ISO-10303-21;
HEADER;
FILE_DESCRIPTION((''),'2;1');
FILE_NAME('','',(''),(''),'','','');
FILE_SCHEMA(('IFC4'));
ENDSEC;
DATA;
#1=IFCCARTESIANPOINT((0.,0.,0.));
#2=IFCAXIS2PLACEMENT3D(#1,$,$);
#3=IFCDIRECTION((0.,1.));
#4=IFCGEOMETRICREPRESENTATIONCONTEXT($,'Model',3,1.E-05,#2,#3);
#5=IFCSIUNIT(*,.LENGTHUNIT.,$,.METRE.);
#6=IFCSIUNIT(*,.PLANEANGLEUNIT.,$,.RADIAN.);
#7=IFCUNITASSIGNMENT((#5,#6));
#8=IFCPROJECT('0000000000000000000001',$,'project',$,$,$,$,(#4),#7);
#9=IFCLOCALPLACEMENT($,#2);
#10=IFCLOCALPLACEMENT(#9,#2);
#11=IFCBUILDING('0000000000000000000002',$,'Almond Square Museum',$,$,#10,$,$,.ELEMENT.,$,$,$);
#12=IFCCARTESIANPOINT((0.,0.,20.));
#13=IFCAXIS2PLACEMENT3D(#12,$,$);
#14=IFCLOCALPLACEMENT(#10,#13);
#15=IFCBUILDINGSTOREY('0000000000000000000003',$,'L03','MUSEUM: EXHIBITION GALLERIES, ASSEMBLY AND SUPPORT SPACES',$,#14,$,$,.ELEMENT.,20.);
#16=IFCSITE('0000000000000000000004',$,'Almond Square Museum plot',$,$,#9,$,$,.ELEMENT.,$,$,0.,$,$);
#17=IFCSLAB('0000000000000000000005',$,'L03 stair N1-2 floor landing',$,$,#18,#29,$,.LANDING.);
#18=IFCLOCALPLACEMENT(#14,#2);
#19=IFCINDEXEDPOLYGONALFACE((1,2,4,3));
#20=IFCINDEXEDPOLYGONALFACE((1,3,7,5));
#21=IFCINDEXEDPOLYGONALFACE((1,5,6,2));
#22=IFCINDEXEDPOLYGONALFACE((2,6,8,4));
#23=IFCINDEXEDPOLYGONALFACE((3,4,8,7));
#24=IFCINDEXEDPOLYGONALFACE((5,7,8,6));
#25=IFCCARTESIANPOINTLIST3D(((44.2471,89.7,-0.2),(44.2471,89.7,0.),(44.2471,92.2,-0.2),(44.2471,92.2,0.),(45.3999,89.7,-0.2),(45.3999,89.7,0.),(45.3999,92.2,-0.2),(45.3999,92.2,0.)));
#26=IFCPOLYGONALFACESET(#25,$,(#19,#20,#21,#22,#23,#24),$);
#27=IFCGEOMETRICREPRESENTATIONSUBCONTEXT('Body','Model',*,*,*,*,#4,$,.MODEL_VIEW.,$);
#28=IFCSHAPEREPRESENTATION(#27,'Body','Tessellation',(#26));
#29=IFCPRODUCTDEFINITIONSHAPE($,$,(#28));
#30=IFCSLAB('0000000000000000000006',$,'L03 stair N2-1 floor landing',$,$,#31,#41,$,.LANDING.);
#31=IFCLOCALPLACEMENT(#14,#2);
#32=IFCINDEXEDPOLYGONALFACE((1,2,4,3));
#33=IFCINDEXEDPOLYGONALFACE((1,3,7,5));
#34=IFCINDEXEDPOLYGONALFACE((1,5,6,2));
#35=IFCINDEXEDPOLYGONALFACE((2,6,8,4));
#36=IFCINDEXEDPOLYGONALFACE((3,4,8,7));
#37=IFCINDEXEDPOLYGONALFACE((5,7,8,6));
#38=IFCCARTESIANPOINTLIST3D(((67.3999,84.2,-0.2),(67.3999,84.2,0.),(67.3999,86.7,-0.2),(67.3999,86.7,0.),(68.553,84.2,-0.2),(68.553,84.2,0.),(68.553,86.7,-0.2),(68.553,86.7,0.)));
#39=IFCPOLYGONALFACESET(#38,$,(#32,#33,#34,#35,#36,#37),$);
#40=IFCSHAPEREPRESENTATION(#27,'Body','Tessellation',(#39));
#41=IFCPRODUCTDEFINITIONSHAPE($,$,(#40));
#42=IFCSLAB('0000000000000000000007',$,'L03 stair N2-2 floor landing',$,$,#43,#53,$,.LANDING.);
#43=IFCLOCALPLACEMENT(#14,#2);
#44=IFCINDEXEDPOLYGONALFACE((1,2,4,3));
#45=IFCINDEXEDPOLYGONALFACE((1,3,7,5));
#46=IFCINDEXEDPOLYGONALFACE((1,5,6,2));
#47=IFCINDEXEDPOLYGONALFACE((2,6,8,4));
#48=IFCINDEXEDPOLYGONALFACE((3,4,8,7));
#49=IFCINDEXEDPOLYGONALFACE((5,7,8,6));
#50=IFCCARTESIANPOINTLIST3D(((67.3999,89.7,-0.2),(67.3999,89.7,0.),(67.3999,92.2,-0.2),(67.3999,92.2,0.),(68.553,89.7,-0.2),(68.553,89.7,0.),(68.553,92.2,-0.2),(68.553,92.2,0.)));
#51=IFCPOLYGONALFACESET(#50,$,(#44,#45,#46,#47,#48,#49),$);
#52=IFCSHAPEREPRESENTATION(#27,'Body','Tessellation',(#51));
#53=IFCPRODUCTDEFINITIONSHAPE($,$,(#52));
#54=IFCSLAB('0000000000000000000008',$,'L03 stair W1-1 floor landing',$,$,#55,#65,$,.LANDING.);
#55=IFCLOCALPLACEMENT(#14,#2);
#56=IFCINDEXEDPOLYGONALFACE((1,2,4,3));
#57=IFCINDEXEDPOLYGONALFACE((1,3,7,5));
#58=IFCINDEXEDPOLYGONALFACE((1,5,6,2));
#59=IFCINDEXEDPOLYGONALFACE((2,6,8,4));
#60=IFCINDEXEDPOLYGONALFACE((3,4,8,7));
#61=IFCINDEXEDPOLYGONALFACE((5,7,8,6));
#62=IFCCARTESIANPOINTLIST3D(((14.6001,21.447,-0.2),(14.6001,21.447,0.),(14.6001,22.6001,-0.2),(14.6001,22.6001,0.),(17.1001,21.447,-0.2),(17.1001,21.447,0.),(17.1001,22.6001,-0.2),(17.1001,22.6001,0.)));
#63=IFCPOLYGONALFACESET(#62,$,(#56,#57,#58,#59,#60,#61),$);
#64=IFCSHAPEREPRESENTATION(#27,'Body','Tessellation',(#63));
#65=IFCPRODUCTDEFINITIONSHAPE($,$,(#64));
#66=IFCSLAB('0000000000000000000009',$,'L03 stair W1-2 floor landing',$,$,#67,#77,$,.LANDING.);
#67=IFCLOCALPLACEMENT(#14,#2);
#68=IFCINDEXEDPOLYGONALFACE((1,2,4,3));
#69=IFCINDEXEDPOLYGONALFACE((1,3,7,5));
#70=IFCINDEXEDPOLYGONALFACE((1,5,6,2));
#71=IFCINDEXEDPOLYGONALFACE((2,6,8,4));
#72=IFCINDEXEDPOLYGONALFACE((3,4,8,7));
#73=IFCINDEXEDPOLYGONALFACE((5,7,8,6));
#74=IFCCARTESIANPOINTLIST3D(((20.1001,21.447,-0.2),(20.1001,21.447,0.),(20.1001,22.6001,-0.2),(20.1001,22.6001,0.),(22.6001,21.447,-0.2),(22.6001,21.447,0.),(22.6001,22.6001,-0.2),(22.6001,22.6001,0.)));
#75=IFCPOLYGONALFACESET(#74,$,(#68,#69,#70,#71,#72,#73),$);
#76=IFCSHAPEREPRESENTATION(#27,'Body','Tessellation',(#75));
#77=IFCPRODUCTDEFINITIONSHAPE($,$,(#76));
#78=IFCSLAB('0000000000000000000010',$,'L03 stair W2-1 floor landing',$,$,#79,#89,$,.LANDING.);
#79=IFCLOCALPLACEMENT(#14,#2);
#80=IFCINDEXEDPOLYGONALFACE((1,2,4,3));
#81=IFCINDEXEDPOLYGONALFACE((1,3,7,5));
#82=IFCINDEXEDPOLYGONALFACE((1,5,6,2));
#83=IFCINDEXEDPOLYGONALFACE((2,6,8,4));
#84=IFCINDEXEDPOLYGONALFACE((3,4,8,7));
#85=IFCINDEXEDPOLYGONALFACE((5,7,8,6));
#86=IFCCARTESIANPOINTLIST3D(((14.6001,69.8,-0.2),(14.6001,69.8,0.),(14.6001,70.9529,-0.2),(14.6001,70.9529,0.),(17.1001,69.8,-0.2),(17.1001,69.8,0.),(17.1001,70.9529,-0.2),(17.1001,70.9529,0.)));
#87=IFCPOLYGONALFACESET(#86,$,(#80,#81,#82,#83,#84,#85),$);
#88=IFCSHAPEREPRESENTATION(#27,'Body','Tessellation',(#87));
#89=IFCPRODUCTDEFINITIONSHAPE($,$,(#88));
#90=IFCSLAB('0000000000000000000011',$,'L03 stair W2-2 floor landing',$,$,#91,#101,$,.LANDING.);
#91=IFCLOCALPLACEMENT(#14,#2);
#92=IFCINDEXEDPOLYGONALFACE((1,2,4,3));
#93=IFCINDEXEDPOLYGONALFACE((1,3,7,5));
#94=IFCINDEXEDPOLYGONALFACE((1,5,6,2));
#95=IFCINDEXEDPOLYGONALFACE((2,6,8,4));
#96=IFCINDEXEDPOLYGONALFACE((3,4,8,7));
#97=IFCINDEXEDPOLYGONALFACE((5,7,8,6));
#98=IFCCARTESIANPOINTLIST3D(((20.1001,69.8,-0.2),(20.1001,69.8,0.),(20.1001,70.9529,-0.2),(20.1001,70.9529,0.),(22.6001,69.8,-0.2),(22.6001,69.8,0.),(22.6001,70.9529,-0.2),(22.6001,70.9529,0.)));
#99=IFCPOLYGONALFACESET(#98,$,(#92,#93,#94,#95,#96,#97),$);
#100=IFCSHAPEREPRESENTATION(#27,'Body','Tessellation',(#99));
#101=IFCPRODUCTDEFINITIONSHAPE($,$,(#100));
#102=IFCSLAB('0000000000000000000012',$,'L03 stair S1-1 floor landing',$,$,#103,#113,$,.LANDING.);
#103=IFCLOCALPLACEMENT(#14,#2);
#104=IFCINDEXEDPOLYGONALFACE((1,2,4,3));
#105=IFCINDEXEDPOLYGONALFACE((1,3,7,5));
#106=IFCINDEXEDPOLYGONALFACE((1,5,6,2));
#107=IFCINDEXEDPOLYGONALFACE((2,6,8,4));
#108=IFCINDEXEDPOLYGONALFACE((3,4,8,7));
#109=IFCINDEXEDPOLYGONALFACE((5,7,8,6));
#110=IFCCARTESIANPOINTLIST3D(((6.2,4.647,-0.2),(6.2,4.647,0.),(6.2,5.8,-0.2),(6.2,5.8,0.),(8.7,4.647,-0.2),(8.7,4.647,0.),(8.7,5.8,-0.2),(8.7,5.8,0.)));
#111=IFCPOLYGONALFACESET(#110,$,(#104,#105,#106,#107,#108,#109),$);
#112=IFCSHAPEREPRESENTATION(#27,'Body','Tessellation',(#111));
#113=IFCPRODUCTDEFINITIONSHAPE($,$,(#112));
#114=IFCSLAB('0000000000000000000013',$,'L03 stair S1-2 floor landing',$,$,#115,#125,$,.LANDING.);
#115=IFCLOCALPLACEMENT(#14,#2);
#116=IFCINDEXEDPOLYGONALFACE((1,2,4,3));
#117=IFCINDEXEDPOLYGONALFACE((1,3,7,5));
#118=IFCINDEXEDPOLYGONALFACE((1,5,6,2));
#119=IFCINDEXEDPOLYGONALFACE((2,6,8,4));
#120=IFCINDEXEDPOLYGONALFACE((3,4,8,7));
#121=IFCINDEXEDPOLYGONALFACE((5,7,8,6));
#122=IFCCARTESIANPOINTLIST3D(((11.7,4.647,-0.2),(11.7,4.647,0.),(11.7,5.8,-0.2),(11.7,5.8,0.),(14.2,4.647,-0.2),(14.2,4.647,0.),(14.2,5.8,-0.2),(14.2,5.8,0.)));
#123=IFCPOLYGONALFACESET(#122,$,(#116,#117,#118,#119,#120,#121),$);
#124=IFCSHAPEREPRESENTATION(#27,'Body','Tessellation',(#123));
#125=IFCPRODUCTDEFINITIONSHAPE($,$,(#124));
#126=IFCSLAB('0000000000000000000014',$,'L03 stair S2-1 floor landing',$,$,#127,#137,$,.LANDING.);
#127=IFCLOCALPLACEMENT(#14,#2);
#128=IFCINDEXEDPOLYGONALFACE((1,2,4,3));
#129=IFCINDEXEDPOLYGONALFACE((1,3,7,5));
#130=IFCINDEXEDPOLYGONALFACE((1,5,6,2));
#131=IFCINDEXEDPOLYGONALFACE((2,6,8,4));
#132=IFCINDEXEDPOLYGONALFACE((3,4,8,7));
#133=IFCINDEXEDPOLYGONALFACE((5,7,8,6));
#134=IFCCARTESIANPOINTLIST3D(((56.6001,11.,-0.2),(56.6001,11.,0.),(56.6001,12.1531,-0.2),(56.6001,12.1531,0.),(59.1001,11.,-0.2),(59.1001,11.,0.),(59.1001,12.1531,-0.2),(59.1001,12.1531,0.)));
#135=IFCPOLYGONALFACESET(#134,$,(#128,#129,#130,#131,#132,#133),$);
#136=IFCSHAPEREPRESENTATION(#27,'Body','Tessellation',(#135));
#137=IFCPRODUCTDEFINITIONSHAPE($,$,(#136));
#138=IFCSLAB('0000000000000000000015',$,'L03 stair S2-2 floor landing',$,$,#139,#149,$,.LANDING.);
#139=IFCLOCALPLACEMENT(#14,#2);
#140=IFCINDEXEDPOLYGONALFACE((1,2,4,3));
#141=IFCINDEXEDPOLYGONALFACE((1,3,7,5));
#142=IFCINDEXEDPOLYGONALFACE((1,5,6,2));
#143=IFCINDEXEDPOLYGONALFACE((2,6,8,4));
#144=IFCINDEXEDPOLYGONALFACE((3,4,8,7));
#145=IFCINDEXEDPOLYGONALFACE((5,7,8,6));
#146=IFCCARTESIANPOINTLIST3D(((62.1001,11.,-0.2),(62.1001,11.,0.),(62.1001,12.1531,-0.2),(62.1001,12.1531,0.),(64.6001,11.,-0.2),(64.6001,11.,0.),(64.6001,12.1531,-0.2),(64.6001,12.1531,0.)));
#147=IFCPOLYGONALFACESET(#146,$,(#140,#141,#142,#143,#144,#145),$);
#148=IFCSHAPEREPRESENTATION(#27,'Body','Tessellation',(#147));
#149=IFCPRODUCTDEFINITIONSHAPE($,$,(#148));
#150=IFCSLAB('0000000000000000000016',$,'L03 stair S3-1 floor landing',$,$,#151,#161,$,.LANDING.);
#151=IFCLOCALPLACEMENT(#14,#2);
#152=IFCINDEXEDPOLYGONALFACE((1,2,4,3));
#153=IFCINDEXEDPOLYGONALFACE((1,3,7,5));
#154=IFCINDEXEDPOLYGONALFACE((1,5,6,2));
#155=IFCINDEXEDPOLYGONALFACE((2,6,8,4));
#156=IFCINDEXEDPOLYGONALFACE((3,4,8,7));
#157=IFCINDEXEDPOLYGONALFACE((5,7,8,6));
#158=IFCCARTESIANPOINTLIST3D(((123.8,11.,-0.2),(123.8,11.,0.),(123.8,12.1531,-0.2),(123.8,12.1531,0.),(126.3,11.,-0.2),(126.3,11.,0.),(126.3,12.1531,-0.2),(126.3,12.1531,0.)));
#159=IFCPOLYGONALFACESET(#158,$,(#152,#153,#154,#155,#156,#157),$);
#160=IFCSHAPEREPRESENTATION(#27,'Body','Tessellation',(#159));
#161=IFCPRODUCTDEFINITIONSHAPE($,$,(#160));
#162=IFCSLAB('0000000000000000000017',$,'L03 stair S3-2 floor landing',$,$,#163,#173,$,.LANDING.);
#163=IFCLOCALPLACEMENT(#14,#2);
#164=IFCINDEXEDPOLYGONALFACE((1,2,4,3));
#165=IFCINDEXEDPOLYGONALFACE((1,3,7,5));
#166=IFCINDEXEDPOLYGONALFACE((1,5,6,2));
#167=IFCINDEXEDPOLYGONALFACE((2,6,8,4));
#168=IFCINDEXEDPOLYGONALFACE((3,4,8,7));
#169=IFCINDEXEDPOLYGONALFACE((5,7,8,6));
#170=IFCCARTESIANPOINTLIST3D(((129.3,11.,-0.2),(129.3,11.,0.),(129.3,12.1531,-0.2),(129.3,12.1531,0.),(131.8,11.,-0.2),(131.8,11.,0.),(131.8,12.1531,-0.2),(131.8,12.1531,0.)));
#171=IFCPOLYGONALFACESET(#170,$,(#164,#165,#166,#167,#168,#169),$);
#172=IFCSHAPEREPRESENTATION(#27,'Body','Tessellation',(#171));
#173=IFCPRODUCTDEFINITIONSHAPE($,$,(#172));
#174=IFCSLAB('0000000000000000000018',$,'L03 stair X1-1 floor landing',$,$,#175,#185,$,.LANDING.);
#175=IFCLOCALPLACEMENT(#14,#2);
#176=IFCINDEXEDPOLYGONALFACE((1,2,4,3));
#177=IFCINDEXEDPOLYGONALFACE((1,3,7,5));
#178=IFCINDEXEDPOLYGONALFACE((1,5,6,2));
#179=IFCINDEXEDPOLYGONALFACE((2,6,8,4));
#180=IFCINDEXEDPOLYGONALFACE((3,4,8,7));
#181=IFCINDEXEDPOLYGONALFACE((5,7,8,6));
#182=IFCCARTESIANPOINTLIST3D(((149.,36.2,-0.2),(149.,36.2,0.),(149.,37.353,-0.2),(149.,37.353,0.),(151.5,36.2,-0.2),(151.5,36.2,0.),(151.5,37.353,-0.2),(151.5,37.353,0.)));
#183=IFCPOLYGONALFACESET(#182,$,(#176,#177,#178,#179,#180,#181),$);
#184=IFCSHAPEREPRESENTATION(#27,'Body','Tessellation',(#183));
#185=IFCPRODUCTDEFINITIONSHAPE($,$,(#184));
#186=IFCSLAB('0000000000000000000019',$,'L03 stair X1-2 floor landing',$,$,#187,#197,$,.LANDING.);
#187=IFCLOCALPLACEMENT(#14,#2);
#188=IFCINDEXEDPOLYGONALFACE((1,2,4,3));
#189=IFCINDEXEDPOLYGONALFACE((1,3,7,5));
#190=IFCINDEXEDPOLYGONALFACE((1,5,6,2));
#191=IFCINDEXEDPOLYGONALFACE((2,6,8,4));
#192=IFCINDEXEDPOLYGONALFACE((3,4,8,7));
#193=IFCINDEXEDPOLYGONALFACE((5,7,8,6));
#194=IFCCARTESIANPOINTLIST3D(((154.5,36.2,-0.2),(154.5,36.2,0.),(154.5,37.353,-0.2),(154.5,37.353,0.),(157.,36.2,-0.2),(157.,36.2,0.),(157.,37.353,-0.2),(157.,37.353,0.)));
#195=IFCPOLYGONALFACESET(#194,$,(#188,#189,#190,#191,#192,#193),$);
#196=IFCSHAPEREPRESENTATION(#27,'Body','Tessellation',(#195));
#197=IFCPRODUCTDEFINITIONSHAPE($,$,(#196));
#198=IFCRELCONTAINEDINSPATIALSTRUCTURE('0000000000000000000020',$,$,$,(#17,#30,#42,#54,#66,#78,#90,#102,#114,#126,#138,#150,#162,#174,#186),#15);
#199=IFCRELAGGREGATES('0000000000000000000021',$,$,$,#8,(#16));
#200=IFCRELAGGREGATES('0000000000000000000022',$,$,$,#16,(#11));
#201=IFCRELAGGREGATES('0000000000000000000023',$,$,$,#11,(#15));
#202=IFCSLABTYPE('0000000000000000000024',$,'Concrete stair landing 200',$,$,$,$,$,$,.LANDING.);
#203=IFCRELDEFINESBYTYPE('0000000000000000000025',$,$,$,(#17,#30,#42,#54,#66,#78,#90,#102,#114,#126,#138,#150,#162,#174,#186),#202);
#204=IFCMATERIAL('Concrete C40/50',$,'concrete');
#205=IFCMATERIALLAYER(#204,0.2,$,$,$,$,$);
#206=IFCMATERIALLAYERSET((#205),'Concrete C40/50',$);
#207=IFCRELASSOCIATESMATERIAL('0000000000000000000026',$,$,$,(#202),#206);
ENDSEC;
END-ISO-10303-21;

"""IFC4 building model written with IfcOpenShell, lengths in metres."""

from ifc_helpers import new_model, si_unit, direction, frame, origin, place, context, subcontext, project, spatial, polyline, outline, extrude, material, layer, layer_set, type_object, element, save


model = new_model("IFC4")

# Units and contexts
model_context = context("Model", 3, precision=1e-05, world=origin(), true_north=direction((0.0, 1.0)))
body_context = subcontext(model_context, "Body", "Model", "MODEL_VIEW")
ifc_project = project(units=[si_unit("LENGTHUNIT", "METRE"), si_unit("PLANEANGLEUNIT", "RADIAN")], contexts=[model_context])

# Site, building, storey
site_placement = place(None, origin())
site = spatial("IfcSite", under=ifc_project, at=site_placement, Name="Almond Square Museum plot", CompositionType="ELEMENT", RefElevation=0.0)
building_placement = place(site_placement, origin())
building = spatial("IfcBuilding", under=site, at=building_placement, Name="Almond Square Museum", CompositionType="ELEMENT")
storey_placement = place(building_placement, frame((0.0, 0.0, 20.0)))
storey = spatial("IfcBuildingStorey", under=building, at=storey_placement, Name="L03", Description="MUSEUM: EXHIBITION GALLERIES, ASSEMBLY AND SUPPORT SPACES", CompositionType="ELEMENT", Elevation=20.0)

# Slabs
ifc_material_1 = material(Name="Concrete C40/50", Category="concrete")
ifc_layer_1 = layer(ifc_material_1, 0.2)
ifc_layer_set_1 = layer_set([ifc_layer_1], Name="Concrete C40/50")
slab_type_1 = type_object("IfcSlabType", Name="Concrete stair landing 200", PredefinedType="LANDING", material=ifc_layer_set_1)
slab_1_placement = place(storey_placement, frame((0.0, 0.0, -0.2)))
element("IfcSlab", 1, at=slab_1_placement, inside=storey, type_object=slab_type_1, Name="L03 stair N1-2 floor landing", PredefinedType="LANDING", context=body_context, shape_type="SweptSolid", body=[
    extrude(outline(polyline([(44.2471, 89.7), (45.3999, 89.7), (45.3999, 92.2), (44.2471, 92.2), (44.2471, 89.7)])), origin(), (0.0, 0.0, 1.0), 0.2),
])
slab_2_placement = place(storey_placement, frame((0.0, 0.0, -0.2)))
element("IfcSlab", 2, at=slab_2_placement, inside=storey, type_object=slab_type_1, Name="L03 stair N2-1 floor landing", PredefinedType="LANDING", context=body_context, shape_type="SweptSolid", body=[
    extrude(outline(polyline([(67.3999, 84.2), (68.553, 84.2), (68.553, 86.7), (67.3999, 86.7), (67.3999, 84.2)])), origin(), (0.0, 0.0, 1.0), 0.2),
])
slab_3_placement = place(storey_placement, frame((0.0, 0.0, -0.2)))
element("IfcSlab", 3, at=slab_3_placement, inside=storey, type_object=slab_type_1, Name="L03 stair N2-2 floor landing", PredefinedType="LANDING", context=body_context, shape_type="SweptSolid", body=[
    extrude(outline(polyline([(67.3999, 89.7), (68.553, 89.7), (68.553, 92.2), (67.3999, 92.2), (67.3999, 89.7)])), origin(), (0.0, 0.0, 1.0), 0.2),
])
slab_4_placement = place(storey_placement, frame((0.0, 0.0, -0.2)))
element("IfcSlab", 4, at=slab_4_placement, inside=storey, type_object=slab_type_1, Name="L03 stair W1-1 floor landing", PredefinedType="LANDING", context=body_context, shape_type="SweptSolid", body=[
    extrude(outline(polyline([(14.6001, 21.447), (17.1001, 21.447), (17.1001, 22.6001), (14.6001, 22.6001), (14.6001, 21.447)])), origin(), (0.0, 0.0, 1.0), 0.2),
])
slab_5_placement = place(storey_placement, frame((0.0, 0.0, -0.2)))
element("IfcSlab", 5, at=slab_5_placement, inside=storey, type_object=slab_type_1, Name="L03 stair W1-2 floor landing", PredefinedType="LANDING", context=body_context, shape_type="SweptSolid", body=[
    extrude(outline(polyline([(20.1001, 21.447), (22.6001, 21.447), (22.6001, 22.6001), (20.1001, 22.6001), (20.1001, 21.447)])), origin(), (0.0, 0.0, 1.0), 0.2),
])
slab_6_placement = place(storey_placement, frame((0.0, 0.0, -0.2)))
element("IfcSlab", 6, at=slab_6_placement, inside=storey, type_object=slab_type_1, Name="L03 stair W2-1 floor landing", PredefinedType="LANDING", context=body_context, shape_type="SweptSolid", body=[
    extrude(outline(polyline([(14.6001, 69.8), (17.1001, 69.8), (17.1001, 70.9529), (14.6001, 70.9529), (14.6001, 69.8)])), origin(), (0.0, 0.0, 1.0), 0.2),
])
slab_7_placement = place(storey_placement, frame((0.0, 0.0, -0.2)))
element("IfcSlab", 7, at=slab_7_placement, inside=storey, type_object=slab_type_1, Name="L03 stair W2-2 floor landing", PredefinedType="LANDING", context=body_context, shape_type="SweptSolid", body=[
    extrude(outline(polyline([(20.1001, 69.8), (22.6001, 69.8), (22.6001, 70.9529), (20.1001, 70.9529), (20.1001, 69.8)])), origin(), (0.0, 0.0, 1.0), 0.2),
])
slab_8_placement = place(storey_placement, frame((0.0, 0.0, -0.2)))
element("IfcSlab", 8, at=slab_8_placement, inside=storey, type_object=slab_type_1, Name="L03 stair S1-1 floor landing", PredefinedType="LANDING", context=body_context, shape_type="SweptSolid", body=[
    extrude(outline(polyline([(6.2, 4.647), (8.7, 4.647), (8.7, 5.8), (6.2, 5.8), (6.2, 4.647)])), origin(), (0.0, 0.0, 1.0), 0.2),
])
slab_9_placement = place(storey_placement, frame((0.0, 0.0, -0.2)))
element("IfcSlab", 9, at=slab_9_placement, inside=storey, type_object=slab_type_1, Name="L03 stair S1-2 floor landing", PredefinedType="LANDING", context=body_context, shape_type="SweptSolid", body=[
    extrude(outline(polyline([(11.7, 4.647), (14.2, 4.647), (14.2, 5.8), (11.7, 5.8), (11.7, 4.647)])), origin(), (0.0, 0.0, 1.0), 0.2),
])
slab_10_placement = place(storey_placement, frame((0.0, 0.0, -0.2)))
element("IfcSlab", 10, at=slab_10_placement, inside=storey, type_object=slab_type_1, Name="L03 stair S2-1 floor landing", PredefinedType="LANDING", context=body_context, shape_type="SweptSolid", body=[
    extrude(outline(polyline([(56.6001, 11.0), (59.1001, 11.0), (59.1001, 12.1531), (56.6001, 12.1531), (56.6001, 11.0)])), origin(), (0.0, 0.0, 1.0), 0.2),
])
slab_11_placement = place(storey_placement, frame((0.0, 0.0, -0.2)))
element("IfcSlab", 11, at=slab_11_placement, inside=storey, type_object=slab_type_1, Name="L03 stair S2-2 floor landing", PredefinedType="LANDING", context=body_context, shape_type="SweptSolid", body=[
    extrude(outline(polyline([(62.1001, 11.0), (64.6001, 11.0), (64.6001, 12.1531), (62.1001, 12.1531), (62.1001, 11.0)])), origin(), (0.0, 0.0, 1.0), 0.2),
])
slab_12_placement = place(storey_placement, frame((0.0, 0.0, -0.2)))
element("IfcSlab", 12, at=slab_12_placement, inside=storey, type_object=slab_type_1, Name="L03 stair S3-1 floor landing", PredefinedType="LANDING", context=body_context, shape_type="SweptSolid", body=[
    extrude(outline(polyline([(123.8, 11.0), (126.3, 11.0), (126.3, 12.1531), (123.8, 12.1531), (123.8, 11.0)])), origin(), (0.0, 0.0, 1.0), 0.2),
])
slab_13_placement = place(storey_placement, frame((0.0, 0.0, -0.2)))
element("IfcSlab", 13, at=slab_13_placement, inside=storey, type_object=slab_type_1, Name="L03 stair S3-2 floor landing", PredefinedType="LANDING", context=body_context, shape_type="SweptSolid", body=[
    extrude(outline(polyline([(129.3, 11.0), (131.8, 11.0), (131.8, 12.1531), (129.3, 12.1531), (129.3, 11.0)])), origin(), (0.0, 0.0, 1.0), 0.2),
])
slab_14_placement = place(storey_placement, frame((0.0, 0.0, -0.2)))
element("IfcSlab", 14, at=slab_14_placement, inside=storey, type_object=slab_type_1, Name="L03 stair X1-1 floor landing", PredefinedType="LANDING", context=body_context, shape_type="SweptSolid", body=[
    extrude(outline(polyline([(149.0, 36.2), (151.5, 36.2), (151.5, 37.353), (149.0, 37.353), (149.0, 36.2)])), origin(), (0.0, 0.0, 1.0), 0.2),
])
slab_15_placement = place(storey_placement, frame((0.0, 0.0, -0.2)))
element("IfcSlab", 15, at=slab_15_placement, inside=storey, type_object=slab_type_1, Name="L03 stair X1-2 floor landing", PredefinedType="LANDING", context=body_context, shape_type="SweptSolid", body=[
    extrude(outline(polyline([(154.5, 36.2), (157.0, 36.2), (157.0, 37.353), (154.5, 37.353), (154.5, 36.2)])), origin(), (0.0, 0.0, 1.0), 0.2),
])

save(model, "model.ifc")
